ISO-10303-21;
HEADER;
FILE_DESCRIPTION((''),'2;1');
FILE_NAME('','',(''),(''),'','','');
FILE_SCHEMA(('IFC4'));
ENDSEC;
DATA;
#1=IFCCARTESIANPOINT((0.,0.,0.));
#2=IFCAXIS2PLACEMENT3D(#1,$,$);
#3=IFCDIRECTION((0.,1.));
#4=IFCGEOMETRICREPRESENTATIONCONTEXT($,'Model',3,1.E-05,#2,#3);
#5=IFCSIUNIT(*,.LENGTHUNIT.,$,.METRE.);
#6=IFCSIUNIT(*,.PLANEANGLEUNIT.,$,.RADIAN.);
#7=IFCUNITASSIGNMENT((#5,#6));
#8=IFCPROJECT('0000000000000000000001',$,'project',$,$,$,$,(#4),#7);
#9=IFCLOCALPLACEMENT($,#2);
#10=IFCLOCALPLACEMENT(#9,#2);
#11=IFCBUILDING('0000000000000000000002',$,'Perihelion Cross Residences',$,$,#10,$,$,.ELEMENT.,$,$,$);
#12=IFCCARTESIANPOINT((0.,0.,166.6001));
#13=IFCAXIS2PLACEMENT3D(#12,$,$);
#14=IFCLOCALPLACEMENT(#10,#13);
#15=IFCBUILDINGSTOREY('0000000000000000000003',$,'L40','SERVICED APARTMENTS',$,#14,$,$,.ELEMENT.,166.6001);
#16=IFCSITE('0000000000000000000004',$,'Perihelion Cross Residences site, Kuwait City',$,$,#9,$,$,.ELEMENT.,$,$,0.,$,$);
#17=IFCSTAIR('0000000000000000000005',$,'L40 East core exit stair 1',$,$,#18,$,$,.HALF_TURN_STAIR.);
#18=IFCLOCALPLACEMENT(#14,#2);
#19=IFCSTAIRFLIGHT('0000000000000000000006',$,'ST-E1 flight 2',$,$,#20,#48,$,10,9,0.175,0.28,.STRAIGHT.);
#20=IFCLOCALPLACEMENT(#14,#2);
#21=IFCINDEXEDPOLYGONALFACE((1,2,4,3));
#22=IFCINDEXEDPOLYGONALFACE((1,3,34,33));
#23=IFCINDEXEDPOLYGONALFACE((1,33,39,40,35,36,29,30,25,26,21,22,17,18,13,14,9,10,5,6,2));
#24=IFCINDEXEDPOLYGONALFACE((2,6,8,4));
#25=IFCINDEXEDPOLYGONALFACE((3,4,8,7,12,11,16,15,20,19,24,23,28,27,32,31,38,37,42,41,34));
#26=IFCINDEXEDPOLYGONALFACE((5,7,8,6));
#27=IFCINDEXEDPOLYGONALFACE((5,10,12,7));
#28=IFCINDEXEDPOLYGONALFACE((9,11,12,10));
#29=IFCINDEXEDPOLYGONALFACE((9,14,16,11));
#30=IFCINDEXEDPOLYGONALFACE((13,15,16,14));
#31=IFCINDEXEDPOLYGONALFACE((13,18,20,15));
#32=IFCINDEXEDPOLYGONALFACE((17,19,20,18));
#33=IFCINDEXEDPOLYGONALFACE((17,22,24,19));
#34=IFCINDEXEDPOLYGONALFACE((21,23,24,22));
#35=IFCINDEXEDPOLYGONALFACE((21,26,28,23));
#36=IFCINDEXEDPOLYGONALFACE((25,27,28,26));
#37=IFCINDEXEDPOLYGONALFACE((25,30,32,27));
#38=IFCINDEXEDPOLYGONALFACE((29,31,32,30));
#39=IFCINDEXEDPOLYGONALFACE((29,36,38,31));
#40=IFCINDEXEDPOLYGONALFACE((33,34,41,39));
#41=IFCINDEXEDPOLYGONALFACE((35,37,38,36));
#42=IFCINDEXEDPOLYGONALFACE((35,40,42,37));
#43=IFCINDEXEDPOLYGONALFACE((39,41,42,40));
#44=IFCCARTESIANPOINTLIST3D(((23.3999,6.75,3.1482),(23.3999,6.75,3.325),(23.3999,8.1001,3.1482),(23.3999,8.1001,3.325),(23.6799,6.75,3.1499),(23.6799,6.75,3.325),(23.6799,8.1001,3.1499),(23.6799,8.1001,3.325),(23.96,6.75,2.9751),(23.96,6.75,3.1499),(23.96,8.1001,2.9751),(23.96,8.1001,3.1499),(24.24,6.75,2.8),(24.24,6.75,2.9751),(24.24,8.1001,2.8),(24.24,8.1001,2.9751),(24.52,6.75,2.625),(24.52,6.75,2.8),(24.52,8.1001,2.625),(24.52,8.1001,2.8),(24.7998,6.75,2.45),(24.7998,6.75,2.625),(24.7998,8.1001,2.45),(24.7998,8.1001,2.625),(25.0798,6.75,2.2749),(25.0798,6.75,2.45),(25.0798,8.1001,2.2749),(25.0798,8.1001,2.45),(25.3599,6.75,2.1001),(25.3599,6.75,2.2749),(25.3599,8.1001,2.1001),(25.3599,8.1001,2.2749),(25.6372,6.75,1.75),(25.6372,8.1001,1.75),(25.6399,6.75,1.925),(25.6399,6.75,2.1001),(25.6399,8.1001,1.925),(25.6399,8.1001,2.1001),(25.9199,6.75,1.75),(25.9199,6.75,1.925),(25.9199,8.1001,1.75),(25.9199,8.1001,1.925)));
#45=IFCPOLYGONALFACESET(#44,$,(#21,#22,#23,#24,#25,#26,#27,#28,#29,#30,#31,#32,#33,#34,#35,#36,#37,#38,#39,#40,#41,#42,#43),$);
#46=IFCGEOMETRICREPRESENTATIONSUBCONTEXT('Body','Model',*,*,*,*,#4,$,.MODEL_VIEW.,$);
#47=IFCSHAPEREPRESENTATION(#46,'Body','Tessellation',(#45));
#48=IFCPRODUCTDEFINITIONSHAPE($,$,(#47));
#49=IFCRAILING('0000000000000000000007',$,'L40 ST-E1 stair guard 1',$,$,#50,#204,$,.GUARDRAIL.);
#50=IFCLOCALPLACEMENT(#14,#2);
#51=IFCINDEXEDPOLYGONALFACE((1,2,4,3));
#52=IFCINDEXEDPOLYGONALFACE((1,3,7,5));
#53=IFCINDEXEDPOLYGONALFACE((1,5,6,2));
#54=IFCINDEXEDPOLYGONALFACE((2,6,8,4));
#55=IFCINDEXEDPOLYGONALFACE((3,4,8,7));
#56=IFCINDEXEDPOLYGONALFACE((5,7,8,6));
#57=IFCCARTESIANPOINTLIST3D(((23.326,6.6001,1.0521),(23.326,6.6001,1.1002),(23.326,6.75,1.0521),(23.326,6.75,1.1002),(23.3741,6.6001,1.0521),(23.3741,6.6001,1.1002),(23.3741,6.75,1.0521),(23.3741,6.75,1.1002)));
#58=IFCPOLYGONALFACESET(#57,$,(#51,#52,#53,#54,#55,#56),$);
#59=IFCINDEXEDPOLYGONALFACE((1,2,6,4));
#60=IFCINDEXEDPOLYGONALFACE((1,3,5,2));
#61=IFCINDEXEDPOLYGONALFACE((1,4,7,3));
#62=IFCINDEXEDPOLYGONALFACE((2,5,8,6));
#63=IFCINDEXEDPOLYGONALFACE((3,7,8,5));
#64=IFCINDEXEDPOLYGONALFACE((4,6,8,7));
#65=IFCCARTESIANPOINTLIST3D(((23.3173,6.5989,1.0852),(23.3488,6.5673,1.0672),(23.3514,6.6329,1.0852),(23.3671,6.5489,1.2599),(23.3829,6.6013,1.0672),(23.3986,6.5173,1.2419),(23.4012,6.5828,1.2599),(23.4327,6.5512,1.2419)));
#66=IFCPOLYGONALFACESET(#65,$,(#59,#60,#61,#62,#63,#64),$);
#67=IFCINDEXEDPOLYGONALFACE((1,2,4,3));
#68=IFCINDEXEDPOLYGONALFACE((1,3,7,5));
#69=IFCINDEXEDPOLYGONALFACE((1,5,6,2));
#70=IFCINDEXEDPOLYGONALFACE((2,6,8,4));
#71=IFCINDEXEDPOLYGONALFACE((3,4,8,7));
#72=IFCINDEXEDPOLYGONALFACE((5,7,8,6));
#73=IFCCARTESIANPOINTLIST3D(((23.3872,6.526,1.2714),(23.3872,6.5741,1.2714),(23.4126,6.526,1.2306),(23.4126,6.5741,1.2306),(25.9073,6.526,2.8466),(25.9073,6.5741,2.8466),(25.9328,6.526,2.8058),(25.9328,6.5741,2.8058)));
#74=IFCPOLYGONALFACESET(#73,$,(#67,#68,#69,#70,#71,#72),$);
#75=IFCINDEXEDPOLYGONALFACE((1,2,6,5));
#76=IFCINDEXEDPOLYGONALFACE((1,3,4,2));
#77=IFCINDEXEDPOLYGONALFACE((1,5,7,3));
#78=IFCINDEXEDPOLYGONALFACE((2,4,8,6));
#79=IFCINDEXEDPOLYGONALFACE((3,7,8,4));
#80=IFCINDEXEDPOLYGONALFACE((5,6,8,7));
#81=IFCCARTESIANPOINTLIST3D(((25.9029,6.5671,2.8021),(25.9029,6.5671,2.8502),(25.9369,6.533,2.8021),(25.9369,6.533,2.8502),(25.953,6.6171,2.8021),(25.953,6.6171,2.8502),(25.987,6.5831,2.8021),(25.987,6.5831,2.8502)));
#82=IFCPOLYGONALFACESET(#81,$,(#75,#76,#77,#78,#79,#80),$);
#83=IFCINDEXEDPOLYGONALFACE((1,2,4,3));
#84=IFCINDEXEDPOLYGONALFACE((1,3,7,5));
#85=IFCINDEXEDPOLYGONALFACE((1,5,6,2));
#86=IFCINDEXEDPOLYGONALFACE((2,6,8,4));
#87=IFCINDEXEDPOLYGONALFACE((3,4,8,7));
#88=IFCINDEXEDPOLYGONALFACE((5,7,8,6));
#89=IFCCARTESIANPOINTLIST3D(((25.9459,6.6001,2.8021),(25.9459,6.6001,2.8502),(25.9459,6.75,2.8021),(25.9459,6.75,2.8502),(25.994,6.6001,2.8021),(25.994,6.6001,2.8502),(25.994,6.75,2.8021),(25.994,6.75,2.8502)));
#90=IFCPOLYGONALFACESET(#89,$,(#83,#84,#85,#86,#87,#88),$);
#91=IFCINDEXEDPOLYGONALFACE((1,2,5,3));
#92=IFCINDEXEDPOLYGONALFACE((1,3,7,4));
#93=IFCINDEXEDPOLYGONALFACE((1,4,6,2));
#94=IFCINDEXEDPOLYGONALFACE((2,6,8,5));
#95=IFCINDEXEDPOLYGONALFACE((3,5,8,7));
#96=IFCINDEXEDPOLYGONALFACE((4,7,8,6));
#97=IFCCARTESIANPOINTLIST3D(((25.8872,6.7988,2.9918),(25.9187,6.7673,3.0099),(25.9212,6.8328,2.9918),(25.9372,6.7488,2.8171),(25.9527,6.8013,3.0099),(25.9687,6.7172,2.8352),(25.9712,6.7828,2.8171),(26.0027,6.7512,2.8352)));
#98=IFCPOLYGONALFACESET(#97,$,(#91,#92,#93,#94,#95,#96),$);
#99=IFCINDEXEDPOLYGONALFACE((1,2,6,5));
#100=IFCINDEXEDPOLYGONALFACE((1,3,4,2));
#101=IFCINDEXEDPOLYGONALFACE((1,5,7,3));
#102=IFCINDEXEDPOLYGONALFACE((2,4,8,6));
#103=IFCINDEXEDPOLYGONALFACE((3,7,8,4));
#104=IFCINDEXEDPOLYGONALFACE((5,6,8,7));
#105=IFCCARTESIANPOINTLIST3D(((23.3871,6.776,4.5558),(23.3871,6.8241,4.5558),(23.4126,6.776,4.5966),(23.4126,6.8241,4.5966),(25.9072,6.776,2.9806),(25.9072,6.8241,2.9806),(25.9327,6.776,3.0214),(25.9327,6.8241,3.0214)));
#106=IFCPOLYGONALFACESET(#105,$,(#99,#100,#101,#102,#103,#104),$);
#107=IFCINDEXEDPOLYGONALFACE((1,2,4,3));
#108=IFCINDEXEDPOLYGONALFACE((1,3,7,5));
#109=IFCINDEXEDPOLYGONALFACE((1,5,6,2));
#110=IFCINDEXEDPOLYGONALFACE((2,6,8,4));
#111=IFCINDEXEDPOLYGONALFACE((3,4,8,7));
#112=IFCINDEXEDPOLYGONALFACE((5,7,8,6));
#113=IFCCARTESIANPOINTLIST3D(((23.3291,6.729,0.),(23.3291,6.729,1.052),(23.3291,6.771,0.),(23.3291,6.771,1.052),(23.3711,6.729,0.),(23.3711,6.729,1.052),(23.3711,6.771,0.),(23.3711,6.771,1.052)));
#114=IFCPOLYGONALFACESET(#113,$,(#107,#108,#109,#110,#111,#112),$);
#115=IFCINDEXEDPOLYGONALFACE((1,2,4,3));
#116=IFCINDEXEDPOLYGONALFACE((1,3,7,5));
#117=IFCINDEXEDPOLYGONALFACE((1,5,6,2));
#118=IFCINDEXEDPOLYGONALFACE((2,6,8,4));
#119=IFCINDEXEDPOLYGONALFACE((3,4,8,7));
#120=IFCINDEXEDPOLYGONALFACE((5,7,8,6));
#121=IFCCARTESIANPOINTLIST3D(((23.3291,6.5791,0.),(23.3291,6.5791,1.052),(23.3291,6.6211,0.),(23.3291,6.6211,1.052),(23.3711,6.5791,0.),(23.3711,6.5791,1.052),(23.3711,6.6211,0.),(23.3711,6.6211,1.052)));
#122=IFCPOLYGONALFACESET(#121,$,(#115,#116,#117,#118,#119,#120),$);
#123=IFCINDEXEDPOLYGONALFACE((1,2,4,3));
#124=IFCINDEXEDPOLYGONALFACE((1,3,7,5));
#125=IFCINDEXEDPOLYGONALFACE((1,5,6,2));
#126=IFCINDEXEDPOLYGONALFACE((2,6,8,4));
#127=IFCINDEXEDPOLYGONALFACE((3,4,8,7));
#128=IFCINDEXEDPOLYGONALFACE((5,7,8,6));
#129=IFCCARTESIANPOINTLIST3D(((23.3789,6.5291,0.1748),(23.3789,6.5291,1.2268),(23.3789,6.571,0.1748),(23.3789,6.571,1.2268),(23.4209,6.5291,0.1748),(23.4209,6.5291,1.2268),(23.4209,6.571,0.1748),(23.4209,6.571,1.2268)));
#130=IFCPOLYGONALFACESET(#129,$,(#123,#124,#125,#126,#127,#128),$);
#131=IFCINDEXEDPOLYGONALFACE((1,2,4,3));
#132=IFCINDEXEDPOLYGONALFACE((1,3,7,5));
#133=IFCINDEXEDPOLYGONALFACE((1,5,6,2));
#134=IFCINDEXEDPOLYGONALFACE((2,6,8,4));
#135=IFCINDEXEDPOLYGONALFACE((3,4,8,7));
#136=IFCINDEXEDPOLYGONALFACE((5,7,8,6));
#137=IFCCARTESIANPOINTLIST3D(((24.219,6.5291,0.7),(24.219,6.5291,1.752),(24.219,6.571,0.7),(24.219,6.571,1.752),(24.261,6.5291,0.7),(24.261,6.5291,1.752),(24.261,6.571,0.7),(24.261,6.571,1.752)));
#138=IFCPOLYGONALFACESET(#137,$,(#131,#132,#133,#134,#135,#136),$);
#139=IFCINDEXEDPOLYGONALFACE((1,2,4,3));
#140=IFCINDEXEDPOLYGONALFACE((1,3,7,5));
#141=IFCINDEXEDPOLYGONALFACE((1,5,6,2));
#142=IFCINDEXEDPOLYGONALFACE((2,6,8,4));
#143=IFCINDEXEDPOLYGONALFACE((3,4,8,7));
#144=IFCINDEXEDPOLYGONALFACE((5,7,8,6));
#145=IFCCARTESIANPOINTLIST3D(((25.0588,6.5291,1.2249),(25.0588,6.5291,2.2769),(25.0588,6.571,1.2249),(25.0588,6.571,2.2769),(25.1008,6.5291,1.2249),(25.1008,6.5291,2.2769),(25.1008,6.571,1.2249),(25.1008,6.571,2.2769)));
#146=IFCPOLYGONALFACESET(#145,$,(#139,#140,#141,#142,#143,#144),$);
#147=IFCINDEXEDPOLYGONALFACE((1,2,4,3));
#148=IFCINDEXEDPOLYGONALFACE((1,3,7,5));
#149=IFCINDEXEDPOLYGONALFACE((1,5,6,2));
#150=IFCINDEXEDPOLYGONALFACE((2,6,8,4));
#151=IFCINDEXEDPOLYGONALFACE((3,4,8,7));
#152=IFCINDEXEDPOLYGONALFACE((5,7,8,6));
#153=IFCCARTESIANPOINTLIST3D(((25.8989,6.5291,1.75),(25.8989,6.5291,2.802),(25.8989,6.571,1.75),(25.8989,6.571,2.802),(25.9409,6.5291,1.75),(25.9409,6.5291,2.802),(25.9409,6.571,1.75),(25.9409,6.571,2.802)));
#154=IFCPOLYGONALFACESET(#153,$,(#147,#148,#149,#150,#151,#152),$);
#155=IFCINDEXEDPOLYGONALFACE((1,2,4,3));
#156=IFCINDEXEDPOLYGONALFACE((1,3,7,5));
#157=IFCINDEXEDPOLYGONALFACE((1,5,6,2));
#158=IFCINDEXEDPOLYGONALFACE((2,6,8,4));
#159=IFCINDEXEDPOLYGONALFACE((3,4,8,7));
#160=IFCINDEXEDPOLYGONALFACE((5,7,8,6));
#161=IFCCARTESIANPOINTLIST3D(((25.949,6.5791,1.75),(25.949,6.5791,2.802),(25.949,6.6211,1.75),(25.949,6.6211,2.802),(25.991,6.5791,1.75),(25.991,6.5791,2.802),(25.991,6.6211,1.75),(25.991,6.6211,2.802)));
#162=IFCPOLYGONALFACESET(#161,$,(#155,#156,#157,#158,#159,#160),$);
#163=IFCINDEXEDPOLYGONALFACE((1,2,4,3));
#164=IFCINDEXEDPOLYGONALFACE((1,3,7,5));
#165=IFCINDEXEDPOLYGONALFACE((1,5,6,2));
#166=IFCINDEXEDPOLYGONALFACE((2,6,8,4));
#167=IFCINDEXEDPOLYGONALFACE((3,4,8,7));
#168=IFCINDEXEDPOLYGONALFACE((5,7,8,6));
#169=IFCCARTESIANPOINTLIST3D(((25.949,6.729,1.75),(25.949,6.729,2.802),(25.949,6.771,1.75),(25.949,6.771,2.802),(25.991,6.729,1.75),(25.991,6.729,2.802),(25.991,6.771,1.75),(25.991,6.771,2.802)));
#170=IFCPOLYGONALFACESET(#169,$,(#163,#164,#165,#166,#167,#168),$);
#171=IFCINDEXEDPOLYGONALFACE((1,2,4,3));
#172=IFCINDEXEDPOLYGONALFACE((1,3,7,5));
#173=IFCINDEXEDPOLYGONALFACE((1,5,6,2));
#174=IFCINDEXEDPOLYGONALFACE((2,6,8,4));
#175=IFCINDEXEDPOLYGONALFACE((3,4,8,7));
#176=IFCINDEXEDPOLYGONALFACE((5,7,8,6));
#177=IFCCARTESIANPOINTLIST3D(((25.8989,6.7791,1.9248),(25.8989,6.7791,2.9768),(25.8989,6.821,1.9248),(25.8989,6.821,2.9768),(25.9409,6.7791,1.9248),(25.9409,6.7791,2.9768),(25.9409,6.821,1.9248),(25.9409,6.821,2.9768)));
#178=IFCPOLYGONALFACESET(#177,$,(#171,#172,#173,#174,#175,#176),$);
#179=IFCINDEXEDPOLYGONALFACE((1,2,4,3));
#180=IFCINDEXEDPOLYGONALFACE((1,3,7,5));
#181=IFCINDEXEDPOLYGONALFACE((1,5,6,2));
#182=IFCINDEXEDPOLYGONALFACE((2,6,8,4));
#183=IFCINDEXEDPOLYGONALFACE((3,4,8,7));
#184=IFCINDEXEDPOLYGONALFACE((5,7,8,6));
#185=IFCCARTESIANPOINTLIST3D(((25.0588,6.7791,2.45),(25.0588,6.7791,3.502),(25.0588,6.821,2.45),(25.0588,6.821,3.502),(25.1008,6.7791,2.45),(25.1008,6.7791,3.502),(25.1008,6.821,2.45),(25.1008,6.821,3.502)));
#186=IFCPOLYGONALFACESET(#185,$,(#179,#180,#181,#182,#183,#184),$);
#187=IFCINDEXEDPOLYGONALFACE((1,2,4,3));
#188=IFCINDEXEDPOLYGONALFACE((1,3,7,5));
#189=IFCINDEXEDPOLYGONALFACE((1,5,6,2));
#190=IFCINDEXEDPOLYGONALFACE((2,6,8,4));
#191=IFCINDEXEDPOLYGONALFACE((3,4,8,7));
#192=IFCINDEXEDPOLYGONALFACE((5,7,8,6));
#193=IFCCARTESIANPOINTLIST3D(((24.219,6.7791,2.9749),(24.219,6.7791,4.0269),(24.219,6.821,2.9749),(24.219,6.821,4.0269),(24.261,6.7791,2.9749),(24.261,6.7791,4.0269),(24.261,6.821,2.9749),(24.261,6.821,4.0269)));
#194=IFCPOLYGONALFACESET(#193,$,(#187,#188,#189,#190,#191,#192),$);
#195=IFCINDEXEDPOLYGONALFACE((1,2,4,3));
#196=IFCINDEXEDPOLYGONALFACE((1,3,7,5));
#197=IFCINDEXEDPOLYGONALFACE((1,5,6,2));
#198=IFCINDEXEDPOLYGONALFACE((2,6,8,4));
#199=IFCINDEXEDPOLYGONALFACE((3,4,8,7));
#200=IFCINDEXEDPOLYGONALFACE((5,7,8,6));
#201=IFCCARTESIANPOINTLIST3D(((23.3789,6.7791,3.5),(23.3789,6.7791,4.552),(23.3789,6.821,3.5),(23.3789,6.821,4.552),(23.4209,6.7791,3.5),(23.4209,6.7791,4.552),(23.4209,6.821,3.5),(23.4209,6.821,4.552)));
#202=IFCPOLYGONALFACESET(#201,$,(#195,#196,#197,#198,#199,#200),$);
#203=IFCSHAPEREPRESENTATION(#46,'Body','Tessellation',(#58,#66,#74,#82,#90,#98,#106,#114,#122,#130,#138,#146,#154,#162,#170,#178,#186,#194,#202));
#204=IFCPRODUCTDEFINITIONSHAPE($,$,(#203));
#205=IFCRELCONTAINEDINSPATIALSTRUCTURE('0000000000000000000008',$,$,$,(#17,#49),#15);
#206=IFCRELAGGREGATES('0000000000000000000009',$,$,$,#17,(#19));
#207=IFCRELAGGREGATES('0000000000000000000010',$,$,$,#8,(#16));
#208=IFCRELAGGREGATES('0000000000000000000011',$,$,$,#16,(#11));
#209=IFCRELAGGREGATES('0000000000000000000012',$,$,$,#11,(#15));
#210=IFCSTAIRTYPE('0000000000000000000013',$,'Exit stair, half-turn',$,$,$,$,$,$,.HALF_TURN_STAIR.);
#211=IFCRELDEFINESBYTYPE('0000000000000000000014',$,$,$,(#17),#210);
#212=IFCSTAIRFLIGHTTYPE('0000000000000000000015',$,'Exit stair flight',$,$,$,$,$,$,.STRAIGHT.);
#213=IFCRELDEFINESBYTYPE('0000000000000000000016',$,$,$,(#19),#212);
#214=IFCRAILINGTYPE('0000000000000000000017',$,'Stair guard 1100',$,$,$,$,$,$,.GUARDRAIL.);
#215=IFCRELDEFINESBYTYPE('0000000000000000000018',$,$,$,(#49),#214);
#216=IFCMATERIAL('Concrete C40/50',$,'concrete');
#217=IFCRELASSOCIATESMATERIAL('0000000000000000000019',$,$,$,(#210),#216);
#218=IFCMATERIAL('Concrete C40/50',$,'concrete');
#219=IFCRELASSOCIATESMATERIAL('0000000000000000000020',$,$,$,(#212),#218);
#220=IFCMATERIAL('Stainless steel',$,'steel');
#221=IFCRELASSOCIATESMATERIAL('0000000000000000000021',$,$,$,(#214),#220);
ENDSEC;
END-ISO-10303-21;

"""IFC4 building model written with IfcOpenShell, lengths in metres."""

from ifc_helpers import new_model, si_unit, direction, frame, origin, origin_2d, place, context, subcontext, project, spatial, polyline, rectangle, outline, extrude, material, type_object, element, aggregate, save


model = new_model("IFC4")

# Units and contexts
model_context = context("Model", 3, precision=1e-05, world=origin(), true_north=direction((0.0, 1.0)))
body_context = subcontext(model_context, "Body", "Model", "MODEL_VIEW")
ifc_project = project(units=[si_unit("LENGTHUNIT", "METRE"), si_unit("PLANEANGLEUNIT", "RADIAN")], contexts=[model_context])

# Site, building, storey
site_placement = place(None, origin())
site = spatial("IfcSite", under=ifc_project, at=site_placement, Name="Perihelion Cross Residences site, Kuwait City", CompositionType="ELEMENT", RefElevation=0.0)
building_placement = place(site_placement, origin())
building = spatial("IfcBuilding", under=site, at=building_placement, Name="Perihelion Cross Residences", CompositionType="ELEMENT")
storey_placement = place(building_placement, frame((0.0, 0.0, 166.6001)))
storey = spatial("IfcBuildingStorey", under=building, at=storey_placement, Name="L40", Description="SERVICED APARTMENTS", CompositionType="ELEMENT", Elevation=166.6001)

# Stair, stair flight
ifc_material_1 = material(Name="Concrete C40/50", Category="concrete")
stair_type = type_object("IfcStairType", Name="Exit stair, half-turn", PredefinedType="HALF_TURN_STAIR", material=ifc_material_1)
stair_placement = place(storey_placement, origin())
stair = element("IfcStair", 1, at=stair_placement, inside=storey, type_object=stair_type, Name="L40 East core exit stair 1", PredefinedType="HALF_TURN_STAIR")
ifc_material_2 = material(Name="Concrete C40/50", Category="concrete")
stair_flight_type = type_object("IfcStairFlightType", Name="Exit stair flight", PredefinedType="STRAIGHT", material=ifc_material_2)
stair_flight_1_placement = place(storey_placement, frame((25.9199, 7.425, 1.75), z_axis=(0.0, 0.0, 1.0), x_axis=(-1.0, 0.0, 0.0)))
stair_flight_1 = element("IfcStairFlight", 2, at=stair_flight_1_placement, type_object=stair_flight_type, Name="ST-E1 flight 2", NumberOfRisers=10, NumberOfTreads=9, PredefinedType="STRAIGHT", RiserHeight=0.175, TreadLength=0.28, context=body_context, shape_type="SweptSolid", body=[
    extrude(outline(polyline([(0.0, 0.0), (0.0, 0.175), (0.28, 0.175), (0.28, 0.3501), (0.5601, 0.3501), (0.5601, 0.5249), (0.8401, 0.5249), (0.8401, 0.7), (1.1201, 0.7), (1.1201, 0.875), (1.3999, 0.875), (1.3999, 1.05), (1.6799, 1.05), (1.6799, 1.2251), (1.96, 1.2251), (1.96, 1.3999), (2.24, 1.3999), (2.24, 1.575), (2.52, 1.575), (2.52, 1.75), (2.52, 1.3982), (0.2827, 0.0), (0.0, 0.0)])), frame((0.0, 0.675, 0.0), z_axis=(0.0, -1.0, 0.0), x_axis=(1.0, 0.0, 0.0)), (0.0, 0.0, 1.0), 1.3501),
])
aggregate(stair, [stair_flight_1])

# Railing
ifc_material_3 = material(Name="Stainless steel", Category="steel")
railing_type_1 = type_object("IfcRailingType", Name="Stair guard 1100", PredefinedType="GUARDRAIL", material=ifc_material_3)
railing_1_placement = place(storey_placement, frame((23.3501, 6.75, 0.0)))
element("IfcRailing", 3, at=railing_1_placement, inside=storey, type_object=railing_type_1, Name="L40 ST-E1 stair guard 1", PredefinedType="GUARDRAIL", context=body_context, shape_type="SweptSolid", body=[
    extrude(rectangle(XDim=0.0481, YDim=0.0481, at=origin_2d()), frame((0.0, 0.0, 1.0762), z_axis=(0.0, -1.0, 0.0), x_axis=(1.0, 0.0, 0.0)), (0.0, 0.0, 1.0), 0.1499),
    extrude(rectangle(XDim=0.0481, YDim=0.0481, at=origin_2d()), frame((0.0, -0.1499, 1.0762), z_axis=(0.264179, -0.265474, 0.927218), x_axis=(0.708834, 0.705376, 0.0)), (0.0, 0.0, 1.0), 0.1885),
    extrude(rectangle(XDim=0.0481, YDim=0.0481, at=origin_2d()), frame((0.0498, -0.2, 1.251), z_axis=(0.847971, 0.0, 0.530043), x_axis=(0.0, 1.0, 0.0)), (0.0, 0.0, 1.0), 2.9719),
    extrude(rectangle(XDim=0.0481, YDim=0.0481, at=origin_2d()), frame((2.5698, -0.2, 2.8262), z_axis=(0.707107, 0.707107, 0.0), x_axis=(-0.707107, 0.707107, 0.0)), (0.0, 0.0, 1.0), 0.0708),
    extrude(rectangle(XDim=0.0481, YDim=0.0481, at=origin_2d()), frame((2.6199, -0.1499, 2.8262), z_axis=(0.0, 1.0, 0.0), x_axis=(-1.0, 0.0, 0.0)), (0.0, 0.0, 1.0), 0.1499),
    extrude(rectangle(XDim=0.0481, YDim=0.0481, at=origin_2d()), frame((2.6199, 0.0, 2.8262), z_axis=(-0.265383, 0.265383, 0.9269), x_axis=(-0.707107, -0.707107, 0.0)), (0.0, 0.0, 1.0), 0.1885),
    extrude(rectangle(XDim=0.0481, YDim=0.0481, at=origin_2d()), frame((2.5698, 0.05, 3.001), z_axis=(-0.847971, 0.0, 0.530043), x_axis=(0.0, -1.0, 0.0)), (0.0, 0.0, 1.0), 2.9719),
    extrude(rectangle(XDim=0.042, YDim=0.042, at=origin_2d()), origin(), (0.0, 0.0, 1.0), 1.052),
    extrude(rectangle(XDim=0.042, YDim=0.042, at=origin_2d()), frame((0.0, -0.1499, 0.0)), (0.0, 0.0, 1.0), 1.052),
    extrude(rectangle(XDim=0.042, YDim=0.042, at=origin_2d()), frame((0.0498, -0.2, 0.1748)), (0.0, 0.0, 1.0), 1.052),
    extrude(rectangle(XDim=0.042, YDim=0.042, at=origin_2d()), frame((0.8899, -0.2, 0.7)), (0.0, 0.0, 1.0), 1.052),
    extrude(rectangle(XDim=0.042, YDim=0.042, at=origin_2d()), frame((1.7297, -0.2, 1.2249)), (0.0, 0.0, 1.0), 1.052),
    extrude(rectangle(XDim=0.042, YDim=0.042, at=origin_2d()), frame((2.5698, -0.2, 1.75)), (0.0, 0.0, 1.0), 1.052),
    extrude(rectangle(XDim=0.042, YDim=0.042, at=origin_2d()), frame((2.6199, -0.1499, 1.75)), (0.0, 0.0, 1.0), 1.052),
    extrude(rectangle(XDim=0.042, YDim=0.042, at=origin_2d()), frame((2.6199, 0.0, 1.75)), (0.0, 0.0, 1.0), 1.052),
    extrude(rectangle(XDim=0.042, YDim=0.042, at=origin_2d()), frame((2.5698, 0.05, 1.9248)), (0.0, 0.0, 1.0), 1.052),
    extrude(rectangle(XDim=0.042, YDim=0.042, at=origin_2d()), frame((1.7297, 0.05, 2.45)), (0.0, 0.0, 1.0), 1.052),
    extrude(rectangle(XDim=0.042, YDim=0.042, at=origin_2d()), frame((0.8899, 0.05, 2.9749)), (0.0, 0.0, 1.0), 1.052),
    extrude(rectangle(XDim=0.042, YDim=0.042, at=origin_2d()), frame((0.0498, 0.05, 3.5)), (0.0, 0.0, 1.0), 1.052),
])

save(model, "model.ifc")
